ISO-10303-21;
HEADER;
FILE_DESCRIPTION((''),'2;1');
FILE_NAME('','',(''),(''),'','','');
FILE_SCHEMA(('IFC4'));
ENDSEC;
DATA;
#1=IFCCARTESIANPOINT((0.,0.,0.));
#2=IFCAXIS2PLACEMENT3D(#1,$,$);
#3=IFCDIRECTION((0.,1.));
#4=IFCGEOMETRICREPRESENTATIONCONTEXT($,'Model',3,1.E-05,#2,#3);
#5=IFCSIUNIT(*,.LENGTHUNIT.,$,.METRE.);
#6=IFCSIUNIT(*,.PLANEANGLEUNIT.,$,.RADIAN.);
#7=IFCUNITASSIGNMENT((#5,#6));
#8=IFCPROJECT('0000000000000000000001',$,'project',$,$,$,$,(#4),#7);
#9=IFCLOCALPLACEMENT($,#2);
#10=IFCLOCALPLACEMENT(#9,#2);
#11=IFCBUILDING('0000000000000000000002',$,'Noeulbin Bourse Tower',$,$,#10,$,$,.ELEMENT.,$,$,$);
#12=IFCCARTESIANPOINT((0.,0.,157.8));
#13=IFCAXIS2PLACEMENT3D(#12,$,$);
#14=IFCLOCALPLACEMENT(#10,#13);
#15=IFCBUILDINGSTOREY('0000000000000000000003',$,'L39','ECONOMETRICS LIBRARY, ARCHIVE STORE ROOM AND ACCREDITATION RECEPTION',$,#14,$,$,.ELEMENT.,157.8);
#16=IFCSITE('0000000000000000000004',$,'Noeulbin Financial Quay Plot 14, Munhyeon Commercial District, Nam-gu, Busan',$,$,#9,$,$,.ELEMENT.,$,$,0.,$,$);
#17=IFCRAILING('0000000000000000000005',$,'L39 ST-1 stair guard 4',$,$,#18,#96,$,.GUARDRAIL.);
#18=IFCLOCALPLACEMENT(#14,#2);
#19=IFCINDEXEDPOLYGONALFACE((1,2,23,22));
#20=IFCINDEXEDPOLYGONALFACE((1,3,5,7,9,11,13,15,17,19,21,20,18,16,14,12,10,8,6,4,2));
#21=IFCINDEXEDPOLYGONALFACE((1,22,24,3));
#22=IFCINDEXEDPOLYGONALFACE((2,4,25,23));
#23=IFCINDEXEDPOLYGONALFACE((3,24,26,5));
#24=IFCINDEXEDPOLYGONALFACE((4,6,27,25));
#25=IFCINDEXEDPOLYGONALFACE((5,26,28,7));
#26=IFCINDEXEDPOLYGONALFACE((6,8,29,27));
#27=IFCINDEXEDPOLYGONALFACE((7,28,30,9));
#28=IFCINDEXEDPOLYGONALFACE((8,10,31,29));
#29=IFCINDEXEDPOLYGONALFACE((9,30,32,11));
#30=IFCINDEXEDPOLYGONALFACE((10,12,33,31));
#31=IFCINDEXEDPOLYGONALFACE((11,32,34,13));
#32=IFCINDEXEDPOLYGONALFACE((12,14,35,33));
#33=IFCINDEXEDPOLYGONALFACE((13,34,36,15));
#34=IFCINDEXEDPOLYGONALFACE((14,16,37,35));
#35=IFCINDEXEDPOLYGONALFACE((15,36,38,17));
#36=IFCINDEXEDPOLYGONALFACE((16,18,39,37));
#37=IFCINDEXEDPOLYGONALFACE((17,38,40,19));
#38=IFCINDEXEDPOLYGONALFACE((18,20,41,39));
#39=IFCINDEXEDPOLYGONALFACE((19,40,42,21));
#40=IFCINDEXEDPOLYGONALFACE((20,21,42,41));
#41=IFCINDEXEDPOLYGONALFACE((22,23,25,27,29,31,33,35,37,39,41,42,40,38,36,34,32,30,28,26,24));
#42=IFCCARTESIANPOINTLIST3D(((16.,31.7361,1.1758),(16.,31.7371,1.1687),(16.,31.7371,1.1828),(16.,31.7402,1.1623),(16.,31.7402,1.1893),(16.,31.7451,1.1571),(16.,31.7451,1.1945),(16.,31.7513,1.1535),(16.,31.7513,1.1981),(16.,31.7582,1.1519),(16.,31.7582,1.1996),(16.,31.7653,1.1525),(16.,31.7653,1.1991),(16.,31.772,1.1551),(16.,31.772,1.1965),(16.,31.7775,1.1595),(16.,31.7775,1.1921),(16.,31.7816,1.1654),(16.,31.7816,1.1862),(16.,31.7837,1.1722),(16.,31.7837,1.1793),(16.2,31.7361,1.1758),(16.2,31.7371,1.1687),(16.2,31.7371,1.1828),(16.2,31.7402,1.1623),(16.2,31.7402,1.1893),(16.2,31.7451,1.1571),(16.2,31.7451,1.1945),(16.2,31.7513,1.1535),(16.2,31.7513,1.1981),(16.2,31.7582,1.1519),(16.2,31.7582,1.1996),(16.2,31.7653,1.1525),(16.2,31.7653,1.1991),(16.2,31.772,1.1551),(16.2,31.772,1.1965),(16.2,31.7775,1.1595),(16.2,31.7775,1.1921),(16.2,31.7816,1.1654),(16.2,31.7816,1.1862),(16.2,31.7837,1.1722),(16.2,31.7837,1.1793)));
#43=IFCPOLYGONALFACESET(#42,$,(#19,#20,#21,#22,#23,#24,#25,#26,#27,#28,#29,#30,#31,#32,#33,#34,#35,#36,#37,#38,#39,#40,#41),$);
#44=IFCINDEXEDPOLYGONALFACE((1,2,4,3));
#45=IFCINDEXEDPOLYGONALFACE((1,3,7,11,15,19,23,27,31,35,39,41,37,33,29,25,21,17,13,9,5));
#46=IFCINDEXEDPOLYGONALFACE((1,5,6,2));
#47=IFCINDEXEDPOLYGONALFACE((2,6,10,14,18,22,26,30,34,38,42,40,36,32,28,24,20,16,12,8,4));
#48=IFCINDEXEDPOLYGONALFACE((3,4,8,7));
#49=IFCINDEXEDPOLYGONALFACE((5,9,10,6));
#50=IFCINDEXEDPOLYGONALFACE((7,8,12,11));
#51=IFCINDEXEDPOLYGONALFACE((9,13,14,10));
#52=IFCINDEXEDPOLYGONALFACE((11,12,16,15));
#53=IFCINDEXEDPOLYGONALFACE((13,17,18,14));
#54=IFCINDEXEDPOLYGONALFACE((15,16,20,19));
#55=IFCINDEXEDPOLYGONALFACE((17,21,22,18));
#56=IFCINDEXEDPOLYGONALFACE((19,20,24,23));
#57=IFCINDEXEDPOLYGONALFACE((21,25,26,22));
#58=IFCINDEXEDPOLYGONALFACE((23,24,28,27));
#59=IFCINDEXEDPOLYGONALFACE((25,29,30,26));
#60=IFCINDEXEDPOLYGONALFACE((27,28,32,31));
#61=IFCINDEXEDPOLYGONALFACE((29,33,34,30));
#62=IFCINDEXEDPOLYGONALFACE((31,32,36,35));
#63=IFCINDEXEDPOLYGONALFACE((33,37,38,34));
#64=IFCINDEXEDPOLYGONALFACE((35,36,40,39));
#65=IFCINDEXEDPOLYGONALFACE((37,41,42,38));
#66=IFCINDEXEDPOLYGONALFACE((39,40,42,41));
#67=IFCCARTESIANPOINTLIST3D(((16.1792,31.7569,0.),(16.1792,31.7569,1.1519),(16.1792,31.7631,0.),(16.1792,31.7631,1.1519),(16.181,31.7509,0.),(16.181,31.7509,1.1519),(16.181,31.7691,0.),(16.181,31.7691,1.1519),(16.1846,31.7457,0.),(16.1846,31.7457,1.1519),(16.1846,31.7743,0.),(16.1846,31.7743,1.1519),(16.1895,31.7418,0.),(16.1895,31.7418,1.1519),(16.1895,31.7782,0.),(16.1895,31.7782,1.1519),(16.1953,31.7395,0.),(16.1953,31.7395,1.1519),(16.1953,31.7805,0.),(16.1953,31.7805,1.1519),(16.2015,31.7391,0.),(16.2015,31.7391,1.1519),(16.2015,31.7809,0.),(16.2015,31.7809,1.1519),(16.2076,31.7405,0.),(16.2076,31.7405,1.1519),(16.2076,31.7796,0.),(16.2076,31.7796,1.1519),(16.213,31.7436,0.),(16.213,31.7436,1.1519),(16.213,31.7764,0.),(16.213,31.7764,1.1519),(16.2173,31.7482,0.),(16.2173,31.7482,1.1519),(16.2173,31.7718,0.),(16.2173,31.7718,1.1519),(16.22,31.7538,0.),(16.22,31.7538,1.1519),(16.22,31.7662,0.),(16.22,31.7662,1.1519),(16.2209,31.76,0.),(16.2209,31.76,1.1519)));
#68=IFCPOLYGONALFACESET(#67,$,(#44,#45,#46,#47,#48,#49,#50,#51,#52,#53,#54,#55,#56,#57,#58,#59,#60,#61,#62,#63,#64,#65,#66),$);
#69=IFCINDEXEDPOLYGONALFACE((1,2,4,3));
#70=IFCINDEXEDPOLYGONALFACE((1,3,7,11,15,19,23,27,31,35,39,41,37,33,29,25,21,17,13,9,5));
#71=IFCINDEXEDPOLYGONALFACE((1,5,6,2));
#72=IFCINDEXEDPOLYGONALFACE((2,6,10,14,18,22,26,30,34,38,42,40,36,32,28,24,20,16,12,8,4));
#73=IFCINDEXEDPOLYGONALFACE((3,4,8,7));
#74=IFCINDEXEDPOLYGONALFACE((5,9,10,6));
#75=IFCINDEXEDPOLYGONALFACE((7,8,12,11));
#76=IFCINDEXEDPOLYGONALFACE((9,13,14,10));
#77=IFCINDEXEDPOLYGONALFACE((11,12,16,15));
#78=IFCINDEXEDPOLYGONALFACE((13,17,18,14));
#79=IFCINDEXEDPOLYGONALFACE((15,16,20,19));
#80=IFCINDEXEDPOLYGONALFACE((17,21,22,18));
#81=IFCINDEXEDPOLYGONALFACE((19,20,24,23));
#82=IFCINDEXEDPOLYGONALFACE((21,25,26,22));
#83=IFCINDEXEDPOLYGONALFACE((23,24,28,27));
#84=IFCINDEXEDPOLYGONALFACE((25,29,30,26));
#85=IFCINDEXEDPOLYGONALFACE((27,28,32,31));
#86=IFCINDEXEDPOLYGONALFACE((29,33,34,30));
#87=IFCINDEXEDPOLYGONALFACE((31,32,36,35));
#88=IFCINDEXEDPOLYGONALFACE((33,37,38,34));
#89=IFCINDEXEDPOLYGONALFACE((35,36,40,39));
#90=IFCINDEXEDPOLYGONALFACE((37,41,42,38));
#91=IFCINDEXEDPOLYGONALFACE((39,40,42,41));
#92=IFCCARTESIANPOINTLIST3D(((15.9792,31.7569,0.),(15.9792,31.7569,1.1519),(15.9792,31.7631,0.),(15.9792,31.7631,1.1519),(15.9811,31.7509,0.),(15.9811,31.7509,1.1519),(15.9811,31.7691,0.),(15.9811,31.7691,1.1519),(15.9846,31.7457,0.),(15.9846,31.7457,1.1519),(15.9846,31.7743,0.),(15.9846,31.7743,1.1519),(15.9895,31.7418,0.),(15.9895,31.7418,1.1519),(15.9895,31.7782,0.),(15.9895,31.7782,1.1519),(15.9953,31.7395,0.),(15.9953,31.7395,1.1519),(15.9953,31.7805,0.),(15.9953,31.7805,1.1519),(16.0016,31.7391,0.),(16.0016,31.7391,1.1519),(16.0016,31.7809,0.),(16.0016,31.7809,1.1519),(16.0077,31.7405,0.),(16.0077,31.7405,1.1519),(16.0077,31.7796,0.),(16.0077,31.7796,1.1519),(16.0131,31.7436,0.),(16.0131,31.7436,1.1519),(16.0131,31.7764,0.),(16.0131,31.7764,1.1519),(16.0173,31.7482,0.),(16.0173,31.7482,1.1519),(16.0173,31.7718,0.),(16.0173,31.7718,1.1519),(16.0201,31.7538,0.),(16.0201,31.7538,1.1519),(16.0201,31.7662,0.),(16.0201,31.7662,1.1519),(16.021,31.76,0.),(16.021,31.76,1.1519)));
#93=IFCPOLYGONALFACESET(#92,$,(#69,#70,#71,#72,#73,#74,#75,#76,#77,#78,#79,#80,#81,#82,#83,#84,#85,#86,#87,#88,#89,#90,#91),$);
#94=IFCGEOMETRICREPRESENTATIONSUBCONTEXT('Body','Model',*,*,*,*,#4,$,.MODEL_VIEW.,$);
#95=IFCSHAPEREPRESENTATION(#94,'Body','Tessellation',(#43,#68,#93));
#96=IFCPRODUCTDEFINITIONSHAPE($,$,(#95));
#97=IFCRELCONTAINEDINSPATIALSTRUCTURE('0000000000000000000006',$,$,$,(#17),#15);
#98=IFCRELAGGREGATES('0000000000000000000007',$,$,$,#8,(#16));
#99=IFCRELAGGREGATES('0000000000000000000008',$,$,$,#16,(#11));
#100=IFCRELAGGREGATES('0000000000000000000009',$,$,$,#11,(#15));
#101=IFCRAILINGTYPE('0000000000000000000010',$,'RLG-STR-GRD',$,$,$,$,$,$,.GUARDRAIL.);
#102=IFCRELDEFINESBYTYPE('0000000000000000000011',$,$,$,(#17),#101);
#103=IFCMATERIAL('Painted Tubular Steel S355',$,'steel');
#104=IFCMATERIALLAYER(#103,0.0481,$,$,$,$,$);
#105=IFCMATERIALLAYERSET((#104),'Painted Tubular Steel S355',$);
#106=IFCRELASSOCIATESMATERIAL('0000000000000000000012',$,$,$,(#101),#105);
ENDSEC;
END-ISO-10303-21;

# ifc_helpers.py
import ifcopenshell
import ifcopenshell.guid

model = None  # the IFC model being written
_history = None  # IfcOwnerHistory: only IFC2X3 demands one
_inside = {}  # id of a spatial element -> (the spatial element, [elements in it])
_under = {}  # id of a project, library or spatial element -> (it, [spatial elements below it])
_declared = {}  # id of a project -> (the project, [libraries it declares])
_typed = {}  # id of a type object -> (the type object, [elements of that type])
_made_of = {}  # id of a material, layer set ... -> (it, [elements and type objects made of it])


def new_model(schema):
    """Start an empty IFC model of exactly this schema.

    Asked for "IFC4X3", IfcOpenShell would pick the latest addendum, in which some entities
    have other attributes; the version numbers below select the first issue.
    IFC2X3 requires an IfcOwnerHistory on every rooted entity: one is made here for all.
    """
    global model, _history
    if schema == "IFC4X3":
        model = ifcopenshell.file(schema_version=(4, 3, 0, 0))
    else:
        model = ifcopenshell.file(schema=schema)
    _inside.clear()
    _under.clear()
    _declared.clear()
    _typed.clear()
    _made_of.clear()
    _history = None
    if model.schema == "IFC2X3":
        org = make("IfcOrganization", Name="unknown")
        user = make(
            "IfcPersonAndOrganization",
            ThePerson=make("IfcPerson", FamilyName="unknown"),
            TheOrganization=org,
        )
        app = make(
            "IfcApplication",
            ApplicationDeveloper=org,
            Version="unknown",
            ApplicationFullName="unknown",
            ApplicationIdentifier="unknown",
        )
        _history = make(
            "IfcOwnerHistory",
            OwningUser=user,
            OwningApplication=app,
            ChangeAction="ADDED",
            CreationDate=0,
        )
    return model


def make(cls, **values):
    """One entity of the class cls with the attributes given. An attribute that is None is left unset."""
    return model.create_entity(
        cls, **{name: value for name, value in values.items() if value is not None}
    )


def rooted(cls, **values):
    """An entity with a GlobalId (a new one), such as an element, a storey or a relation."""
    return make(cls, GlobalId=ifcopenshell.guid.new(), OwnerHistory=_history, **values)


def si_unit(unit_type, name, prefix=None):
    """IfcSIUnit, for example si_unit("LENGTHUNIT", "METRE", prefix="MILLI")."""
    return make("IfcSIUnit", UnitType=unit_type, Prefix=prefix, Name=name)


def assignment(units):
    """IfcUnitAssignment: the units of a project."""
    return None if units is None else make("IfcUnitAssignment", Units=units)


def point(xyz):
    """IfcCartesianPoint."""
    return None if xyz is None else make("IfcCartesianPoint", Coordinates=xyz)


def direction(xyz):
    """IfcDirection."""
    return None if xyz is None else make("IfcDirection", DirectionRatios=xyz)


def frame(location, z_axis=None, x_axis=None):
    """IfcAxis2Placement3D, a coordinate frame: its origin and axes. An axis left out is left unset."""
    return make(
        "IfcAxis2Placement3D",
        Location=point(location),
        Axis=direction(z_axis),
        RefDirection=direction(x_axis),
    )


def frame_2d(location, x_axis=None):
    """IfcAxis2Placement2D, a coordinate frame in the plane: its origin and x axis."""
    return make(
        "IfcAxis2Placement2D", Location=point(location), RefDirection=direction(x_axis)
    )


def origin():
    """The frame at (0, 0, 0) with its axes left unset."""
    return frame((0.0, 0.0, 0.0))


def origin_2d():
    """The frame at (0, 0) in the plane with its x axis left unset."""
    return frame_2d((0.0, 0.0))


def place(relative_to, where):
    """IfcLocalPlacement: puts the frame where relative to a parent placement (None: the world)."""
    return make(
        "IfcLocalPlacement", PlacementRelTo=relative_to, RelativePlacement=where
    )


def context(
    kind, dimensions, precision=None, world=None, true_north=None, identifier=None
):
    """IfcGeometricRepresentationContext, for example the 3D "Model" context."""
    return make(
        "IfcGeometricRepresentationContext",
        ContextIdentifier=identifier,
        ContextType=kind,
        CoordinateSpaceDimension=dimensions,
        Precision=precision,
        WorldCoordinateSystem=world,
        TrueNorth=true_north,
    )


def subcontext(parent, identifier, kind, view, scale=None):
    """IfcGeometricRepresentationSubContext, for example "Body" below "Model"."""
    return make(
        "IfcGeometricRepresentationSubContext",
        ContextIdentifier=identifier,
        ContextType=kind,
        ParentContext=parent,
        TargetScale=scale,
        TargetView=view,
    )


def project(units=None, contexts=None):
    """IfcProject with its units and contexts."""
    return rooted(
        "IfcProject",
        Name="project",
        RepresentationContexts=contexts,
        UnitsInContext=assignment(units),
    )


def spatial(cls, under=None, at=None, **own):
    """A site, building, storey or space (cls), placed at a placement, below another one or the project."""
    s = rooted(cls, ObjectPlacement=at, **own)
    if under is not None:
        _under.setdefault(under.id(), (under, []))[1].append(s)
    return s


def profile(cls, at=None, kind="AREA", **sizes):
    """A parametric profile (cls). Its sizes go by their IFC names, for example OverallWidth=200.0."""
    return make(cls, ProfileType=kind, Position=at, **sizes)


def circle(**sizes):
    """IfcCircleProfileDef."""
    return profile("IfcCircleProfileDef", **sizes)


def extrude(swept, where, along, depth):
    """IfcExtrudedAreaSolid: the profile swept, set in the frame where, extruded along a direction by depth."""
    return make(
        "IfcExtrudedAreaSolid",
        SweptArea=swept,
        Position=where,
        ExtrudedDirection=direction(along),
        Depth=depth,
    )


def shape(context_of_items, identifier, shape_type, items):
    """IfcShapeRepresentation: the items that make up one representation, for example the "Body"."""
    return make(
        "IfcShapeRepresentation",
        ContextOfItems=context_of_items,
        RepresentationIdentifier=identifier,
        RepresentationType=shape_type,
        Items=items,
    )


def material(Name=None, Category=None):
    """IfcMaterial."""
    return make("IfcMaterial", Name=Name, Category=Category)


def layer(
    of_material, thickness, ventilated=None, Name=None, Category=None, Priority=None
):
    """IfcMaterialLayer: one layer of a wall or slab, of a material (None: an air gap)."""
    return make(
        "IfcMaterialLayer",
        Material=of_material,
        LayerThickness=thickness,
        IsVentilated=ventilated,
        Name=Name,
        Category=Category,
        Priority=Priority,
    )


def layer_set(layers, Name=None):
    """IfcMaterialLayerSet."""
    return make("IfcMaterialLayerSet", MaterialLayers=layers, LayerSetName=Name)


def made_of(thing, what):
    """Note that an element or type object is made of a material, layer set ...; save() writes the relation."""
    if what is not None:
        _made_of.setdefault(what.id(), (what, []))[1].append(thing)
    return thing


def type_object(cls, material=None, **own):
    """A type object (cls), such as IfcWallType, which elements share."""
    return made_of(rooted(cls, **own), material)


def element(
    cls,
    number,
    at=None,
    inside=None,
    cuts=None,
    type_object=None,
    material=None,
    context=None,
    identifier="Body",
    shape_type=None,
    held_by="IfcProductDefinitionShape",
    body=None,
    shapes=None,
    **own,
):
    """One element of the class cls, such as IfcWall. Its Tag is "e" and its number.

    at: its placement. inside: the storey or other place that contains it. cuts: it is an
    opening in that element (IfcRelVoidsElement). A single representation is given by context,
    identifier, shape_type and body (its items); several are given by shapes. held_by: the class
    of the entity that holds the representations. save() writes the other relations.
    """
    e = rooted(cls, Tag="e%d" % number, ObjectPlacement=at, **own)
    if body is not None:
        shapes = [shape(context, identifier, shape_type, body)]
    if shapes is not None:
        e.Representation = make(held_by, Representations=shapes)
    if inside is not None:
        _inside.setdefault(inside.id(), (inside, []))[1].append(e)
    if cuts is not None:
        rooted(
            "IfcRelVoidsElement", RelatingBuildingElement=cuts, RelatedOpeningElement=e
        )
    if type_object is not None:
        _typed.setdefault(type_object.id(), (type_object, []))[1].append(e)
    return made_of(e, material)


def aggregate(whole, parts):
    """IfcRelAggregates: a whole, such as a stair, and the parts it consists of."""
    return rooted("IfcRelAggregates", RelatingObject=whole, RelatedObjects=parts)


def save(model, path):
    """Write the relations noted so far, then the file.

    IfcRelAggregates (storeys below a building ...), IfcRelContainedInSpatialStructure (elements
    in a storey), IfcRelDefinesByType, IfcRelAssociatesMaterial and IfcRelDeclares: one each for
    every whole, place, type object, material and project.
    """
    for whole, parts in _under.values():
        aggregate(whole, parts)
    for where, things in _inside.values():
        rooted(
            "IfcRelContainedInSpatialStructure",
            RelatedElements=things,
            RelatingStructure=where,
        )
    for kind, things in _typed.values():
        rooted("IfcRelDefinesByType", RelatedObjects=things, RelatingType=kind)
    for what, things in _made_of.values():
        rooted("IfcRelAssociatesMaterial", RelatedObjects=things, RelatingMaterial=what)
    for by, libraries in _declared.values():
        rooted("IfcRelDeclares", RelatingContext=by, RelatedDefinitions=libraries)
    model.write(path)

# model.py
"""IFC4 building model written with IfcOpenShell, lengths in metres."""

from ifc_helpers import new_model, si_unit, direction, frame, origin, origin_2d, place, context, subcontext, project, spatial, circle, extrude, material, layer, layer_set, type_object, element, save


model = new_model("IFC4")

# Units and contexts
model_context = context("Model", 3, precision=1e-05, world=origin(), true_north=direction((0.0, 1.0)))
body_context = subcontext(model_context, "Body", "Model", "MODEL_VIEW")
ifc_project = project(units=[si_unit("LENGTHUNIT", "METRE"), si_unit("PLANEANGLEUNIT", "RADIAN")], contexts=[model_context])

# Site, building, storey
site_placement = place(None, origin())
site = spatial("IfcSite", under=ifc_project, at=site_placement, Name="Noeulbin Financial Quay Plot 14, Munhyeon Commercial District, Nam-gu, Busan", CompositionType="ELEMENT", RefElevation=0.0)
building_placement = place(site_placement, origin())
building = spatial("IfcBuilding", under=site, at=building_placement, Name="Noeulbin Bourse Tower", CompositionType="ELEMENT")
storey_placement = place(building_placement, frame((0.0, 0.0, 157.8)))
storey = spatial("IfcBuildingStorey", under=building, at=storey_placement, Name="L39", Description="ECONOMETRICS LIBRARY, ARCHIVE STORE ROOM AND ACCREDITATION RECEPTION", CompositionType="ELEMENT", Elevation=157.8)

# Railing
ifc_material_1 = material(Name="Painted Tubular Steel S355", Category="steel")
ifc_layer_1 = layer(ifc_material_1, 0.0481)
ifc_layer_set_1 = layer_set([ifc_layer_1], Name="Painted Tubular Steel S355")
railing_type_1 = type_object("IfcRailingType", Name="RLG-STR-GRD", PredefinedType="GUARDRAIL", material=ifc_layer_set_1)
railing_1_placement = place(storey_placement, frame((16.2, 31.76, 0.0)))
element("IfcRailing", 1, at=railing_1_placement, inside=storey, type_object=railing_type_1, Name="L39 ST-1 stair guard 4", PredefinedType="GUARDRAIL", context=body_context, shape_type="SweptSolid", body=[
    extrude(circle(Radius=0.0239, at=origin_2d()), frame((0.0, 0.0, 1.1758), z_axis=(-1.0, 0.0, 0.0), x_axis=(0.0, -1.0, 0.0)), (0.0, 0.0, 1.0), 0.2),
    extrude(circle(Radius=0.021, at=origin_2d()), origin(), (0.0, 0.0, 1.0), 1.1519),
    extrude(circle(Radius=0.021, at=origin_2d()), frame((-0.2, 0.0, 0.0)), (0.0, 0.0, 1.0), 1.1519),
])

save(model, "model.ifc")
